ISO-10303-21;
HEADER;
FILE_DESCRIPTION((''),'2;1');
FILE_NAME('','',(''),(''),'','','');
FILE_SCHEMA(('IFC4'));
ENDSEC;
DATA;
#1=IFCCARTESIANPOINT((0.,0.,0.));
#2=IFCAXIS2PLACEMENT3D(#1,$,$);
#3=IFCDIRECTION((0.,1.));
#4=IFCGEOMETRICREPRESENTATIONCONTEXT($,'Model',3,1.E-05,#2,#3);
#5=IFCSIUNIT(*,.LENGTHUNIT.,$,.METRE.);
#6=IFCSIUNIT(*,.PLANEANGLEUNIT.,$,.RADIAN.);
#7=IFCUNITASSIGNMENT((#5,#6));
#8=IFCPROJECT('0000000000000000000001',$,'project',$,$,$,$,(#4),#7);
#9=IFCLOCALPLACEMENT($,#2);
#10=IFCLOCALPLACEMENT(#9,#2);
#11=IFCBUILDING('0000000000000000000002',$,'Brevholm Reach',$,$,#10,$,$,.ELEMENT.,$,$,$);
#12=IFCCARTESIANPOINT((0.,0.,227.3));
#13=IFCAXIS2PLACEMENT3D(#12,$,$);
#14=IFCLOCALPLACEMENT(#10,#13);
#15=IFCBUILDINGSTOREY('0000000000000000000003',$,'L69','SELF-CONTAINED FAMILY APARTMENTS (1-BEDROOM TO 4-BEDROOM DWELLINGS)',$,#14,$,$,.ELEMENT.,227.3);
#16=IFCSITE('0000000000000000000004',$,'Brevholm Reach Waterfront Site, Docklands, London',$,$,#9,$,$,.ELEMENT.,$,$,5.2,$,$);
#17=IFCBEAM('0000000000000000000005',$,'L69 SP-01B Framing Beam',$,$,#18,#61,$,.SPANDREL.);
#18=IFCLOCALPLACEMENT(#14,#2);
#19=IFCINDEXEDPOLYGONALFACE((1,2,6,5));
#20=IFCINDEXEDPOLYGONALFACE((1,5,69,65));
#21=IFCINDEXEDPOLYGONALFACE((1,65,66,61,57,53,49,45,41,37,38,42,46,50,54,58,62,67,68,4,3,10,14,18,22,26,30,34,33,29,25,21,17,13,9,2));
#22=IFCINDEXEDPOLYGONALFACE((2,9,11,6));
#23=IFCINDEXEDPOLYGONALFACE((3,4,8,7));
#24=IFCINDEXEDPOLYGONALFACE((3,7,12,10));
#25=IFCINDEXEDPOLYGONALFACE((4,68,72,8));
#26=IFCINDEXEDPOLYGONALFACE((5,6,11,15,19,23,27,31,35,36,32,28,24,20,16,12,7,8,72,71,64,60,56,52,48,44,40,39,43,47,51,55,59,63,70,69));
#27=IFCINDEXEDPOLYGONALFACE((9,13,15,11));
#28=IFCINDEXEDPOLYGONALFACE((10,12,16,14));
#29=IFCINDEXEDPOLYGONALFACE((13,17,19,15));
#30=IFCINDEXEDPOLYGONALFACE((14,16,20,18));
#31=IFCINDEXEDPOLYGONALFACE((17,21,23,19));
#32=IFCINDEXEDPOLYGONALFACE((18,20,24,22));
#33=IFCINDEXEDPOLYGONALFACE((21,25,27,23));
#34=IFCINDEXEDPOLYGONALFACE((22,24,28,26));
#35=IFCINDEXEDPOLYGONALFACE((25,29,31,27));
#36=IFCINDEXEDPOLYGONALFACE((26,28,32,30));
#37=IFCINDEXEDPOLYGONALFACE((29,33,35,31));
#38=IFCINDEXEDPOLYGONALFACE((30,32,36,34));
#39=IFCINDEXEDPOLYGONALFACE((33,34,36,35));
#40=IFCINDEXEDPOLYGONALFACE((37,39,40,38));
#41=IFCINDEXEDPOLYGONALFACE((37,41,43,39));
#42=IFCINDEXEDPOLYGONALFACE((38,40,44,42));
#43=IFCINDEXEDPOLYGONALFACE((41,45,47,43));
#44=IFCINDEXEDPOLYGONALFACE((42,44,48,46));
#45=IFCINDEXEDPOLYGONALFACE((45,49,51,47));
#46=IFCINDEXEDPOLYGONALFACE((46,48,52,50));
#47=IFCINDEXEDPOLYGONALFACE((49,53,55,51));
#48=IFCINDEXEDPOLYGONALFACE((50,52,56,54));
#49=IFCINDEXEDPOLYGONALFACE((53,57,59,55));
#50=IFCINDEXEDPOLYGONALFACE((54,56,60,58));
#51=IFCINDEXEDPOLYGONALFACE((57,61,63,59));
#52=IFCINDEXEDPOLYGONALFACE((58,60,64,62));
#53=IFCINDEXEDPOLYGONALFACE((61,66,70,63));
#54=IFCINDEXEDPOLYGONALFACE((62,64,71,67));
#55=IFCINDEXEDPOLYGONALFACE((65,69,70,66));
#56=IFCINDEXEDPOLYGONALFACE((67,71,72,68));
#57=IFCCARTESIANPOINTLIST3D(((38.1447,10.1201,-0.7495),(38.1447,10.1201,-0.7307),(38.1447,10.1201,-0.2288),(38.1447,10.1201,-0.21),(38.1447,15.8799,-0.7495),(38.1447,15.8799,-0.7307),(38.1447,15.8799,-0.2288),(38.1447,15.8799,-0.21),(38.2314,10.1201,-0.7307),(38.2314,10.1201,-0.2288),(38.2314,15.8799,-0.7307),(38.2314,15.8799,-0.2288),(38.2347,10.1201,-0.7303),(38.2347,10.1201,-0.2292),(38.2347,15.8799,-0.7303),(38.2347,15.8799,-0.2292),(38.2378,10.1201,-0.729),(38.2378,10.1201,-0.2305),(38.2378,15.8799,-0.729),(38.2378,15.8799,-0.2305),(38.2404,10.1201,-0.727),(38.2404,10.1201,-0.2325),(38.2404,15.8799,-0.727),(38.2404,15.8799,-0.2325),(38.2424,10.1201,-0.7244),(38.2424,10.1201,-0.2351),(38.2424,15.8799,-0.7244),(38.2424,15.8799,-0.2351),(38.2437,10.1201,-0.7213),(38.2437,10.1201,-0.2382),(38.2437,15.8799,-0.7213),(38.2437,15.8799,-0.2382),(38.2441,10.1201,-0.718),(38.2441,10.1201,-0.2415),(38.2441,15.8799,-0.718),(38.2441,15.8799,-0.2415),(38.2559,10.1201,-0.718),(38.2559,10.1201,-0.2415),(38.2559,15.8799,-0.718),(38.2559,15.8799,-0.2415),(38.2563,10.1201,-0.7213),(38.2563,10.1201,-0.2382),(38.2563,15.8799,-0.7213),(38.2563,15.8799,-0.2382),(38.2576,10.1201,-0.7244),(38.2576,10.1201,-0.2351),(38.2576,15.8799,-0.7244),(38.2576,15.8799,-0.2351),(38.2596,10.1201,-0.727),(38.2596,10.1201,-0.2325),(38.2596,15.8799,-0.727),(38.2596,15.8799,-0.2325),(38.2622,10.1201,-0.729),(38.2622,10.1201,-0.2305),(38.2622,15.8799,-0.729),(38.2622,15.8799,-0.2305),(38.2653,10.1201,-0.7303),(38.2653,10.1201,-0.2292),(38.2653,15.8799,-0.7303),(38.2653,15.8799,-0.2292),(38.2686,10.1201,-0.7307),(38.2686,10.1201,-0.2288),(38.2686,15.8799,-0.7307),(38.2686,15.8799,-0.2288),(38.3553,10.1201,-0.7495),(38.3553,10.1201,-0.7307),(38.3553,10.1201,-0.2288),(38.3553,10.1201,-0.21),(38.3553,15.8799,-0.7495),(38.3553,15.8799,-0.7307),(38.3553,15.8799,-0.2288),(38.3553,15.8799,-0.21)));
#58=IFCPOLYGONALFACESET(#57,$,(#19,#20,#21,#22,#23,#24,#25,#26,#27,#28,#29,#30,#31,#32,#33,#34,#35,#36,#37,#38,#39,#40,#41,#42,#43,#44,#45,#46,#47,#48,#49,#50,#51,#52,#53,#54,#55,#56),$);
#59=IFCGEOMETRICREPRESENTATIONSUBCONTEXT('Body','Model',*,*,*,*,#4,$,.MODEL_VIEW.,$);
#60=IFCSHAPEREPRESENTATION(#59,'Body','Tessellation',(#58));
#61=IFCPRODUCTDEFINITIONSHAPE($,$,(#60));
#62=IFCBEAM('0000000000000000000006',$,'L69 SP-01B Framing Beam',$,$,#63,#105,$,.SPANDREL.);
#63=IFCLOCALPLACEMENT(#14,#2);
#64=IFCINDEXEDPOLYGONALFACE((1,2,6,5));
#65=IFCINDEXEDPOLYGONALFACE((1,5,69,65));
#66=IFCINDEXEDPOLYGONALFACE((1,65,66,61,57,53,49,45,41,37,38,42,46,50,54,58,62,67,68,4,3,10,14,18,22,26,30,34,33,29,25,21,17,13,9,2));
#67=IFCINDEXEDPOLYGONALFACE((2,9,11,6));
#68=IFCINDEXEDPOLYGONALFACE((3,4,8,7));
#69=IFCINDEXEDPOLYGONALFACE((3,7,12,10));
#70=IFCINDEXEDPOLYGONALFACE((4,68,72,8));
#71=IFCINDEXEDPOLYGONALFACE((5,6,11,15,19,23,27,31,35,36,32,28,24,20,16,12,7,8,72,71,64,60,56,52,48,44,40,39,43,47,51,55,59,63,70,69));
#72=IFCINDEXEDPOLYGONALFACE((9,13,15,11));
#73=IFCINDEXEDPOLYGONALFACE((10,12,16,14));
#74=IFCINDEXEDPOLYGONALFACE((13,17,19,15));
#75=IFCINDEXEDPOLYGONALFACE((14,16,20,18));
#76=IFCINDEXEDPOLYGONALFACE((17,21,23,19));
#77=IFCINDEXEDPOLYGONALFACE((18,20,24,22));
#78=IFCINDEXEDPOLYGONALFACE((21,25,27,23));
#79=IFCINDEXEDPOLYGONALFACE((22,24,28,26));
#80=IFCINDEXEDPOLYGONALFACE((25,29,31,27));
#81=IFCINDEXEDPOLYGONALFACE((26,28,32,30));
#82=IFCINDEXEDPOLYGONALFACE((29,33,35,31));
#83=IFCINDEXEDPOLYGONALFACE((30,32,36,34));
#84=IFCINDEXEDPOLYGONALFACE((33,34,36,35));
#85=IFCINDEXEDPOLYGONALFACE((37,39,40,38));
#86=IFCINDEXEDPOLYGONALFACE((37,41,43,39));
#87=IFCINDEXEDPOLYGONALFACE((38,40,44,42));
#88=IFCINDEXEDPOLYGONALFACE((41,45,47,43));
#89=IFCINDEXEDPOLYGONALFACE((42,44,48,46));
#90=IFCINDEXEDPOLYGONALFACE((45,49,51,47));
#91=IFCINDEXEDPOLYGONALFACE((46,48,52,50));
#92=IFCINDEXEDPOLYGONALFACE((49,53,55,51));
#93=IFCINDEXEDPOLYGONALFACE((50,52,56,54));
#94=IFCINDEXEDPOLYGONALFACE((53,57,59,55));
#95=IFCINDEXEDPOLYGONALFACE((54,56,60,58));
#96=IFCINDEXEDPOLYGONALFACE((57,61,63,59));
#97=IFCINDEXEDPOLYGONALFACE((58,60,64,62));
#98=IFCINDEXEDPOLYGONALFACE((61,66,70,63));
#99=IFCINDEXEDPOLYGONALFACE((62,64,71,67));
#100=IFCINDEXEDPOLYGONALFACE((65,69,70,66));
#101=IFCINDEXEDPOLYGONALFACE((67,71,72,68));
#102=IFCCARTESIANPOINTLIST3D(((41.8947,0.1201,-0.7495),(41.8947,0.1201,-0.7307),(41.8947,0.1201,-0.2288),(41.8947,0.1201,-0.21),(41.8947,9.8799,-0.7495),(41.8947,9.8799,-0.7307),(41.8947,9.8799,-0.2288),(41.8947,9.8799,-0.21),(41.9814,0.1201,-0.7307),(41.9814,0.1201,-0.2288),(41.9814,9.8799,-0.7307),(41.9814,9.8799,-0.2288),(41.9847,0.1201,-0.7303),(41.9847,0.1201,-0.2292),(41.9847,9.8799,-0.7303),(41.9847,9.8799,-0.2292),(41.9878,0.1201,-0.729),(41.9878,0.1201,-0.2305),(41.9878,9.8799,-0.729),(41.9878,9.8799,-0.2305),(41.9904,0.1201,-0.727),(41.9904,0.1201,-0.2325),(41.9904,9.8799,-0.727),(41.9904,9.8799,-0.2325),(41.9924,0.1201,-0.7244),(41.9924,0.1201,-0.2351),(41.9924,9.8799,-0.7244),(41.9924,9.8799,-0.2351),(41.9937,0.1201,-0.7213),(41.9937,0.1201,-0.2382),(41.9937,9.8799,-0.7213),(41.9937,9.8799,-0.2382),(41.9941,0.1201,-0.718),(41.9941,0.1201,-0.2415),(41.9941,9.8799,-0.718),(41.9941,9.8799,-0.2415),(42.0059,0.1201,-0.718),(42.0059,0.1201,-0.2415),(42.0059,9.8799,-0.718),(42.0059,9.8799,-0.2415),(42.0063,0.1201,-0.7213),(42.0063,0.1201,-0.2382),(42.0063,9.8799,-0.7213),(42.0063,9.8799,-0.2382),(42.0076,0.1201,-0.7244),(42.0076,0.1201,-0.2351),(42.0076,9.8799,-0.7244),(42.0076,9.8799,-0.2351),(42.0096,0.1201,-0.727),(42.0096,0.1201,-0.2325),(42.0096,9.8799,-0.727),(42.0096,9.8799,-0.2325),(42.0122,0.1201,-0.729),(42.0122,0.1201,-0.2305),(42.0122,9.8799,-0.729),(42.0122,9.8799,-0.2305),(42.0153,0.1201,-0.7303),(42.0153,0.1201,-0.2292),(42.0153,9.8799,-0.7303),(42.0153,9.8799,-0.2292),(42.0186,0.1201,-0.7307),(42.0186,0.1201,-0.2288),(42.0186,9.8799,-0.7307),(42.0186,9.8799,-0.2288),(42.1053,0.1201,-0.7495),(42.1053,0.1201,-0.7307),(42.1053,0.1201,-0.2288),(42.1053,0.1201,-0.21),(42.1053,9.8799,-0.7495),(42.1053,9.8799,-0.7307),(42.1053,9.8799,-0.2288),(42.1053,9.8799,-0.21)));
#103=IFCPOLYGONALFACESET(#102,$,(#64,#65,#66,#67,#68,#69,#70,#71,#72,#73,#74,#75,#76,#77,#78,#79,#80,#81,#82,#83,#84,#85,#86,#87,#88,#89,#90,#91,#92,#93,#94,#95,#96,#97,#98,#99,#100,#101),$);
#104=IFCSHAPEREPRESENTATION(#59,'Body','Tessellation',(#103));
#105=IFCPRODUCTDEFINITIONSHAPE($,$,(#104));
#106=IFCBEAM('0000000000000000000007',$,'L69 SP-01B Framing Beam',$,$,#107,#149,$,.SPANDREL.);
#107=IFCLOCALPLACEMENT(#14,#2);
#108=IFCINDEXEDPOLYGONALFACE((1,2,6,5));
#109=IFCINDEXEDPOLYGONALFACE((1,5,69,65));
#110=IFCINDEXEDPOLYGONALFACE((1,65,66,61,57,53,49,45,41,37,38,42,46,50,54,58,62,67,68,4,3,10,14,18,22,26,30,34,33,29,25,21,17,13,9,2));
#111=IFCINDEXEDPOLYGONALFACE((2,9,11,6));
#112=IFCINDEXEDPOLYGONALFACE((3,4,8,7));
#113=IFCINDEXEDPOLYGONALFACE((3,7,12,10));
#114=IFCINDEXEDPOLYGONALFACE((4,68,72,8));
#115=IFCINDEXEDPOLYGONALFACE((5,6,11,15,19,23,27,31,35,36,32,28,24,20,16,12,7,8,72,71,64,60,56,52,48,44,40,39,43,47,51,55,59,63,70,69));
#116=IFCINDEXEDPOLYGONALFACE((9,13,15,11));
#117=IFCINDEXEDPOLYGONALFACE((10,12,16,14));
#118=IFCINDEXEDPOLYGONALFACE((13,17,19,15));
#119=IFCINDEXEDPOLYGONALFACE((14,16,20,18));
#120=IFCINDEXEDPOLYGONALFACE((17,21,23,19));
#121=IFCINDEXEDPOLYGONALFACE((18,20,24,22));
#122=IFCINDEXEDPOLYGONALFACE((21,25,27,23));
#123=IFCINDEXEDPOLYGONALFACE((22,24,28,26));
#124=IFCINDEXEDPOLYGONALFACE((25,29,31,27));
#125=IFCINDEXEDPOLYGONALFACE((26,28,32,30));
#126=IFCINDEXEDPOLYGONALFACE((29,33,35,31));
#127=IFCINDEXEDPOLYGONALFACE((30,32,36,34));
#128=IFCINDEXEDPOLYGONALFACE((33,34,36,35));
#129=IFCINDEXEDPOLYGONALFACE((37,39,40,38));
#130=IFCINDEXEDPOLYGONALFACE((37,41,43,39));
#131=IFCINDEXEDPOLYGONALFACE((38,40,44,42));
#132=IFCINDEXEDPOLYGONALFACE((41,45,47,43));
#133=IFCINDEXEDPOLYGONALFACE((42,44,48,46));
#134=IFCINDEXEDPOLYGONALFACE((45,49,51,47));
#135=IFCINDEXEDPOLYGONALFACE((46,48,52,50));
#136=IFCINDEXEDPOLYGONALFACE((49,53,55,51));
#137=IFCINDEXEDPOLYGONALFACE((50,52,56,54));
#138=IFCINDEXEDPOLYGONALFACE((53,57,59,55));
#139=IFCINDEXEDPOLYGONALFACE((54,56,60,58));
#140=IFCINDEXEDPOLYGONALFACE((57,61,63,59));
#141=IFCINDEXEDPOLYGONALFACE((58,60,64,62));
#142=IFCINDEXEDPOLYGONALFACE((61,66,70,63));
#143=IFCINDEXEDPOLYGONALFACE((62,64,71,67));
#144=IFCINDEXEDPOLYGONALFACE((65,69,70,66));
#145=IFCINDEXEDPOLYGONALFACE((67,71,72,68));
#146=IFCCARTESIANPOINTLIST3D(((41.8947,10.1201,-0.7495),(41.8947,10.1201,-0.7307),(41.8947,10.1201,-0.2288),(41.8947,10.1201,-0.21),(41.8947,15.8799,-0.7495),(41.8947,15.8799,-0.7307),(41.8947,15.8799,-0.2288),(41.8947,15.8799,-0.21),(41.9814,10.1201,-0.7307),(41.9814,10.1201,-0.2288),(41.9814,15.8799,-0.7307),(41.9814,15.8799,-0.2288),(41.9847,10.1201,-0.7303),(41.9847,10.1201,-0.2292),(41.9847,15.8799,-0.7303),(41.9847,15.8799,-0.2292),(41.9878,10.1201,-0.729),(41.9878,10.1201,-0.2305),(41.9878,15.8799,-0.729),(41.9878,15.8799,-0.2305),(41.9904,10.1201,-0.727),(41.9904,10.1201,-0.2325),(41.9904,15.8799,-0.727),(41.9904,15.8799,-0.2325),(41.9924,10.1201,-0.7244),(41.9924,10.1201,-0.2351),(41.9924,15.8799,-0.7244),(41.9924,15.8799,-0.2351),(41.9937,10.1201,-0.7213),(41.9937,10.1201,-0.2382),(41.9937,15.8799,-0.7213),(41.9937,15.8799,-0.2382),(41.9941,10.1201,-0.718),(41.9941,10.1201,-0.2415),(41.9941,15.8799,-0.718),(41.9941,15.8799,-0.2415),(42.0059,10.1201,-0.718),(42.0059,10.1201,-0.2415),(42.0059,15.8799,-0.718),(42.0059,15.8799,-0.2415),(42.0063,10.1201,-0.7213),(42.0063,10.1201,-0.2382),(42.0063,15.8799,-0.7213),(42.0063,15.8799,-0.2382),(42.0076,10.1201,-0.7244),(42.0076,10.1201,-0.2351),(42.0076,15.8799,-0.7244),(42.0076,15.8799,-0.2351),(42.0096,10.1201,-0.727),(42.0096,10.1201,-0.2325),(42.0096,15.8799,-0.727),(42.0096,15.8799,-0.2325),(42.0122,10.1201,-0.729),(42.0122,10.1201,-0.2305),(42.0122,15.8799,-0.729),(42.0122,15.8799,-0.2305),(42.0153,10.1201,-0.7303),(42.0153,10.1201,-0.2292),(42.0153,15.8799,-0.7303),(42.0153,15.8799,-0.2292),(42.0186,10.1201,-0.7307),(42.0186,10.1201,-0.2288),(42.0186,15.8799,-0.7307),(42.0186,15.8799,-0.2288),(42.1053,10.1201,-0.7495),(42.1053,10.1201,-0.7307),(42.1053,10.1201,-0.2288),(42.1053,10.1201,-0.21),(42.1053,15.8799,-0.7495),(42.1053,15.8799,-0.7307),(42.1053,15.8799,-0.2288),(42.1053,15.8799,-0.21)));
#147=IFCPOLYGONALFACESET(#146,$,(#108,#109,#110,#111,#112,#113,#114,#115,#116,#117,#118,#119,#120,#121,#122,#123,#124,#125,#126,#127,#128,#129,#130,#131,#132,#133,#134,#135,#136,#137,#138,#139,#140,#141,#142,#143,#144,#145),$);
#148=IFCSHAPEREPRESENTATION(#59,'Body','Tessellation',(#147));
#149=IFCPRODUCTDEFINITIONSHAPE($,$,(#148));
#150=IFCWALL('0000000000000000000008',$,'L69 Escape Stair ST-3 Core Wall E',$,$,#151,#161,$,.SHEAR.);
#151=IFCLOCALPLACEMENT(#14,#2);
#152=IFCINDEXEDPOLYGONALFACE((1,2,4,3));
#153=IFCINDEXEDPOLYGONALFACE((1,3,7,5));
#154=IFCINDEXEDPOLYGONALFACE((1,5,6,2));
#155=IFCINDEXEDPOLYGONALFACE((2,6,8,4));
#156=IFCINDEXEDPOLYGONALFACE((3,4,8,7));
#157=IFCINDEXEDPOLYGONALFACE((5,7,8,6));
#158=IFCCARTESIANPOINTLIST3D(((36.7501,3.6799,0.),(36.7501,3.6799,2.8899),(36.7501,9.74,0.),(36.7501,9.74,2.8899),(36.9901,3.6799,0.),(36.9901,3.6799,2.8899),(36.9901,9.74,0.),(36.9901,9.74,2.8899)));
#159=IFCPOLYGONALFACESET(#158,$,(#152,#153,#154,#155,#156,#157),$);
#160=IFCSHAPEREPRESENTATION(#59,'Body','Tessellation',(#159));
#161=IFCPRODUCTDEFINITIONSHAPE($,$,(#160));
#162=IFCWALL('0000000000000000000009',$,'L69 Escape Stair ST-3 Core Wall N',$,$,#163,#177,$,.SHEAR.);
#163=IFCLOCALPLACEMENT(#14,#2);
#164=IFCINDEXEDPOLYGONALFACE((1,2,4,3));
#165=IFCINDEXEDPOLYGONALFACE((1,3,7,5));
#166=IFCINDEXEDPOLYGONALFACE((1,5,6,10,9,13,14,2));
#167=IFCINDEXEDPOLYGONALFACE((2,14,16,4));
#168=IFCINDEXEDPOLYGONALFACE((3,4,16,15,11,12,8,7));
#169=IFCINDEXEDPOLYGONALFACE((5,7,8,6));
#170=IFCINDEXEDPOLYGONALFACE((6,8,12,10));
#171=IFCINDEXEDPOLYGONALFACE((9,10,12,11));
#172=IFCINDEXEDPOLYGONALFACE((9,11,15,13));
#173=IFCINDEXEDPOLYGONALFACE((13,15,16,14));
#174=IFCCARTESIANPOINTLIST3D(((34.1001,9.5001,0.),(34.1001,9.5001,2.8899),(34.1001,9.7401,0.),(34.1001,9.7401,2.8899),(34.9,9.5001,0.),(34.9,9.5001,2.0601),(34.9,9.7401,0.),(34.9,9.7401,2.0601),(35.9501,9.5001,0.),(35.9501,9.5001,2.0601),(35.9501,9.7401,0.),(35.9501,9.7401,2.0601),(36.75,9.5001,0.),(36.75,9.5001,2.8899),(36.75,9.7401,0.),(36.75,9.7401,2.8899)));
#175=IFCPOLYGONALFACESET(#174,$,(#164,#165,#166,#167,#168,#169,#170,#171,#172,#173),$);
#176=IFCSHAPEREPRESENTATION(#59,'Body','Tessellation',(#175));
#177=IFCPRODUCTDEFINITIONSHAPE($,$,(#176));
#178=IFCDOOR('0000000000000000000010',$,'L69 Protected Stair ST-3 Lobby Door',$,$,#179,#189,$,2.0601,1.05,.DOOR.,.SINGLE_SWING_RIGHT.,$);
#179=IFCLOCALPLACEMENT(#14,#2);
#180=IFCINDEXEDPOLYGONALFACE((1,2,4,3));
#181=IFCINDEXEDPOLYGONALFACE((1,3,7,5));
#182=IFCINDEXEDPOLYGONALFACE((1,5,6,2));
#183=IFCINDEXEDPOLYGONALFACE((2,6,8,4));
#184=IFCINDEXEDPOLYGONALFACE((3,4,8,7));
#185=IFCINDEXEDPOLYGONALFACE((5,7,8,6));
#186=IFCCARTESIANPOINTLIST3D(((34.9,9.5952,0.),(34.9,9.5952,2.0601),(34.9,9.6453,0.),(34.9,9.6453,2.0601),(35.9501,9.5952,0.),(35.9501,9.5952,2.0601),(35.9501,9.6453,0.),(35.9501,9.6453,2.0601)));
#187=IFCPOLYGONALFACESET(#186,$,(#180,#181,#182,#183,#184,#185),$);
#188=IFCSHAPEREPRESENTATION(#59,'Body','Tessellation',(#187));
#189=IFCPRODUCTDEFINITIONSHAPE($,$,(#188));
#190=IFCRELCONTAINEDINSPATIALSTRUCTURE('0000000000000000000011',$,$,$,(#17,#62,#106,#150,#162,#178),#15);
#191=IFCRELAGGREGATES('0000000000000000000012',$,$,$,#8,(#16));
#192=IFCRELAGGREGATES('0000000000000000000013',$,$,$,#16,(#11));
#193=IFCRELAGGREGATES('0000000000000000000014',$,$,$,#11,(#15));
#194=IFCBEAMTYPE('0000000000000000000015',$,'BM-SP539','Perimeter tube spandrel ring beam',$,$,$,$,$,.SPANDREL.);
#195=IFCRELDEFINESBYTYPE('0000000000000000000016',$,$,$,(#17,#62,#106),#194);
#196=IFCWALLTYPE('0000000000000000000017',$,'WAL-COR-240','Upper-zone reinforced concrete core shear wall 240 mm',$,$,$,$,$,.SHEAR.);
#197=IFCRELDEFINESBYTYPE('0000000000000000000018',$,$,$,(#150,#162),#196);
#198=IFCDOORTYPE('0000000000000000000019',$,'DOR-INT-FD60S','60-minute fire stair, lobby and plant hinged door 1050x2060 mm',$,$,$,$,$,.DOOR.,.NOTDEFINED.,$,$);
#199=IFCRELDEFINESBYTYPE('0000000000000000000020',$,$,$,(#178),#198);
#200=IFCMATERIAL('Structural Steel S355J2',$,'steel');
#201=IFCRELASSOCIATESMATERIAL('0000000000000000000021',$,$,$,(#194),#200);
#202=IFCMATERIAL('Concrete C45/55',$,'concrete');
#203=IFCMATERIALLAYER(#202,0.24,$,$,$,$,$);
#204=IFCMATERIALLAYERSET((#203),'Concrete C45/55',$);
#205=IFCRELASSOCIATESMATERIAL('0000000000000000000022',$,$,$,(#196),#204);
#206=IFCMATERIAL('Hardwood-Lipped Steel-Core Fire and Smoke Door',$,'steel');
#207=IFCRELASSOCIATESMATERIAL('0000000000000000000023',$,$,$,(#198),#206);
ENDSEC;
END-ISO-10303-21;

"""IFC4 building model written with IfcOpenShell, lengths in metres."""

from ifc_helpers import new_model, si_unit, direction, frame, frame_2d, origin, origin_2d, place, context, subcontext, project, spatial, rectangle, i_section, extrude, material, layer, layer_set, material_profile, profile_set, type_object, element, fill, save


model = new_model("IFC4")

# Units and contexts
model_context = context("Model", 3, precision=1e-05, world=origin(), true_north=direction((0.0, 1.0)))
body_context = subcontext(model_context, "Body", "Model", "MODEL_VIEW")
ifc_project = project(units=[si_unit("LENGTHUNIT", "METRE"), si_unit("PLANEANGLEUNIT", "RADIAN")], contexts=[model_context])

# Site, building, storey
site_placement = place(None, origin())
site = spatial("IfcSite", under=ifc_project, at=site_placement, Name="Brevholm Reach Waterfront Site, Docklands, London", CompositionType="ELEMENT", RefElevation=5.2)
building_placement = place(site_placement, origin())
building = spatial("IfcBuilding", under=site, at=building_placement, Name="Brevholm Reach", CompositionType="ELEMENT")
storey_placement = place(building_placement, frame((0.0, 0.0, 227.3)))
storey = spatial("IfcBuildingStorey", under=building, at=storey_placement, Name="L69", Description="SELF-CONTAINED FAMILY APARTMENTS (1-BEDROOM TO 4-BEDROOM DWELLINGS)", CompositionType="ELEMENT", Elevation=227.3)

# Beams
ifc_material_1 = material(Name="Structural Steel S355J2", Category="steel")
ifc_material_profile_1 = material_profile(ifc_material_1, i_section(OverallWidth=0.2107, OverallDepth=0.5396, WebThickness=0.0117, FlangeThickness=0.0188, FilletRadius=0.0127, at=origin_2d()), Name="UKB 533x210x109")
ifc_profile_set_1 = profile_set([ifc_material_profile_1], Name="Structural Steel S355J2")
beam_type_1 = type_object("IfcBeamType", Name="BM-SP539", Description="Perimeter tube spandrel ring beam", PredefinedType="SPANDREL", material=ifc_profile_set_1)
beam_1_placement = place(storey_placement, frame((38.25, 10.1201, -0.4797), z_axis=(0.0, 1.0, 0.0), x_axis=(-1.0, 0.0, 0.0)))
element("IfcBeam", 1, at=beam_1_placement, inside=storey, type_object=beam_type_1, Name="L69 SP-01B Framing Beam", PredefinedType="SPANDREL", context=body_context, shape_type="SweptSolid", body=[
    extrude(i_section(OverallWidth=0.2107, OverallDepth=0.5396, WebThickness=0.0117, FlangeThickness=0.0188, FilletRadius=0.0127, at=origin_2d()), origin(), (0.0, 0.0, 1.0), 5.7598),
])
beam_2_placement = place(storey_placement, frame((42.0, 0.1201, -0.4797), z_axis=(0.0, 1.0, 0.0), x_axis=(-1.0, 0.0, 0.0)))
element("IfcBeam", 2, at=beam_2_placement, inside=storey, type_object=beam_type_1, Name="L69 SP-01B Framing Beam", PredefinedType="SPANDREL", context=body_context, shape_type="SweptSolid", body=[
    extrude(i_section(OverallWidth=0.2107, OverallDepth=0.5396, WebThickness=0.0117, FlangeThickness=0.0188, FilletRadius=0.0127, at=origin_2d()), origin(), (0.0, 0.0, 1.0), 9.7598),
])
beam_3_placement = place(storey_placement, frame((42.0, 10.1201, -0.4797), z_axis=(0.0, 1.0, 0.0), x_axis=(-1.0, 0.0, 0.0)))
element("IfcBeam", 3, at=beam_3_placement, inside=storey, type_object=beam_type_1, Name="L69 SP-01B Framing Beam", PredefinedType="SPANDREL", context=body_context, shape_type="SweptSolid", body=[
    extrude(i_section(OverallWidth=0.2107, OverallDepth=0.5396, WebThickness=0.0117, FlangeThickness=0.0188, FilletRadius=0.0127, at=origin_2d()), origin(), (0.0, 0.0, 1.0), 5.7598),
])

# Wall
ifc_material_2 = material(Name="Concrete C45/55", Category="concrete")
ifc_layer_1 = layer(ifc_material_2, 0.24)
ifc_layer_set_1 = layer_set([ifc_layer_1], Name="Concrete C45/55")
wall_type_1 = type_object("IfcWallType", Name="WAL-COR-240", Description="Upper-zone reinforced concrete core shear wall 240 mm", PredefinedType="SHEAR", material=ifc_layer_set_1)
wall_1_placement = place(storey_placement, frame((36.8701, 3.6799, 0.0), z_axis=(0.0, 0.0, 1.0), x_axis=(0.0, 1.0, 0.0)))
element("IfcWall", 4, at=wall_1_placement, inside=storey, type_object=wall_type_1, Name="L69 Escape Stair ST-3 Core Wall E", PredefinedType="SHEAR", context=body_context, shape_type="SweptSolid", body=[
    extrude(rectangle(XDim=6.0601, YDim=0.24, at=frame_2d((3.03, 0.0))), origin(), (0.0, 0.0, 1.0), 2.8899),
])

# Wall, opening, door
wall_2_placement = place(storey_placement, frame((36.75, 9.6201, 0.0), z_axis=(0.0, 0.0, 1.0), x_axis=(-1.0, 0.0, 0.0)))
wall_2 = element("IfcWall", 5, at=wall_2_placement, inside=storey, type_object=wall_type_1, Name="L69 Escape Stair ST-3 Core Wall N", PredefinedType="SHEAR", context=body_context, shape_type="SweptSolid", body=[
    extrude(rectangle(XDim=2.6499, YDim=0.24, at=frame_2d((1.325, 0.0))), origin(), (0.0, 0.0, 1.0), 2.8899),
])
opening_1_placement = place(wall_2_placement, frame((0.8, 0.0, 0.0)))
opening_1 = element("IfcOpeningElement", 6, at=opening_1_placement, cuts=wall_2, PredefinedType="OPENING", context=body_context, shape_type="SweptSolid", body=[
    extrude(rectangle(XDim=1.05, YDim=2.0601, at=frame_2d((0.5249, 1.03))), frame((0.0, 0.1299, 0.0), z_axis=(0.0, -1.0, 0.0), x_axis=(1.0, 0.0, 0.0)), (0.0, 0.0, 1.0), 0.26),
])
ifc_material_3 = material(Name="Hardwood-Lipped Steel-Core Fire and Smoke Door", Category="steel")
door_type_1 = type_object("IfcDoorType", Name="DOR-INT-FD60S", Description="60-minute fire stair, lobby and plant hinged door 1050x2060 mm", OperationType="NOTDEFINED", PredefinedType="DOOR", material=ifc_material_3)
door_1_placement = place(opening_1_placement, origin())
door_1 = element("IfcDoor", 7, at=door_1_placement, inside=storey, type_object=door_type_1, Name="L69 Protected Stair ST-3 Lobby Door", OperationType="SINGLE_SWING_RIGHT", OverallHeight=2.0601, OverallWidth=1.05, PredefinedType="DOOR", context=body_context, shape_type="SweptSolid", body=[
    extrude(rectangle(XDim=1.05, YDim=2.0601, at=frame_2d((0.5249, 1.03))), frame((0.0, 0.0249, 0.0), z_axis=(0.0, -1.0, 0.0), x_axis=(1.0, 0.0, 0.0)), (0.0, 0.0, 1.0), 0.05),
])
fill(opening_1, door_1)

save(model, "model.ifc")
